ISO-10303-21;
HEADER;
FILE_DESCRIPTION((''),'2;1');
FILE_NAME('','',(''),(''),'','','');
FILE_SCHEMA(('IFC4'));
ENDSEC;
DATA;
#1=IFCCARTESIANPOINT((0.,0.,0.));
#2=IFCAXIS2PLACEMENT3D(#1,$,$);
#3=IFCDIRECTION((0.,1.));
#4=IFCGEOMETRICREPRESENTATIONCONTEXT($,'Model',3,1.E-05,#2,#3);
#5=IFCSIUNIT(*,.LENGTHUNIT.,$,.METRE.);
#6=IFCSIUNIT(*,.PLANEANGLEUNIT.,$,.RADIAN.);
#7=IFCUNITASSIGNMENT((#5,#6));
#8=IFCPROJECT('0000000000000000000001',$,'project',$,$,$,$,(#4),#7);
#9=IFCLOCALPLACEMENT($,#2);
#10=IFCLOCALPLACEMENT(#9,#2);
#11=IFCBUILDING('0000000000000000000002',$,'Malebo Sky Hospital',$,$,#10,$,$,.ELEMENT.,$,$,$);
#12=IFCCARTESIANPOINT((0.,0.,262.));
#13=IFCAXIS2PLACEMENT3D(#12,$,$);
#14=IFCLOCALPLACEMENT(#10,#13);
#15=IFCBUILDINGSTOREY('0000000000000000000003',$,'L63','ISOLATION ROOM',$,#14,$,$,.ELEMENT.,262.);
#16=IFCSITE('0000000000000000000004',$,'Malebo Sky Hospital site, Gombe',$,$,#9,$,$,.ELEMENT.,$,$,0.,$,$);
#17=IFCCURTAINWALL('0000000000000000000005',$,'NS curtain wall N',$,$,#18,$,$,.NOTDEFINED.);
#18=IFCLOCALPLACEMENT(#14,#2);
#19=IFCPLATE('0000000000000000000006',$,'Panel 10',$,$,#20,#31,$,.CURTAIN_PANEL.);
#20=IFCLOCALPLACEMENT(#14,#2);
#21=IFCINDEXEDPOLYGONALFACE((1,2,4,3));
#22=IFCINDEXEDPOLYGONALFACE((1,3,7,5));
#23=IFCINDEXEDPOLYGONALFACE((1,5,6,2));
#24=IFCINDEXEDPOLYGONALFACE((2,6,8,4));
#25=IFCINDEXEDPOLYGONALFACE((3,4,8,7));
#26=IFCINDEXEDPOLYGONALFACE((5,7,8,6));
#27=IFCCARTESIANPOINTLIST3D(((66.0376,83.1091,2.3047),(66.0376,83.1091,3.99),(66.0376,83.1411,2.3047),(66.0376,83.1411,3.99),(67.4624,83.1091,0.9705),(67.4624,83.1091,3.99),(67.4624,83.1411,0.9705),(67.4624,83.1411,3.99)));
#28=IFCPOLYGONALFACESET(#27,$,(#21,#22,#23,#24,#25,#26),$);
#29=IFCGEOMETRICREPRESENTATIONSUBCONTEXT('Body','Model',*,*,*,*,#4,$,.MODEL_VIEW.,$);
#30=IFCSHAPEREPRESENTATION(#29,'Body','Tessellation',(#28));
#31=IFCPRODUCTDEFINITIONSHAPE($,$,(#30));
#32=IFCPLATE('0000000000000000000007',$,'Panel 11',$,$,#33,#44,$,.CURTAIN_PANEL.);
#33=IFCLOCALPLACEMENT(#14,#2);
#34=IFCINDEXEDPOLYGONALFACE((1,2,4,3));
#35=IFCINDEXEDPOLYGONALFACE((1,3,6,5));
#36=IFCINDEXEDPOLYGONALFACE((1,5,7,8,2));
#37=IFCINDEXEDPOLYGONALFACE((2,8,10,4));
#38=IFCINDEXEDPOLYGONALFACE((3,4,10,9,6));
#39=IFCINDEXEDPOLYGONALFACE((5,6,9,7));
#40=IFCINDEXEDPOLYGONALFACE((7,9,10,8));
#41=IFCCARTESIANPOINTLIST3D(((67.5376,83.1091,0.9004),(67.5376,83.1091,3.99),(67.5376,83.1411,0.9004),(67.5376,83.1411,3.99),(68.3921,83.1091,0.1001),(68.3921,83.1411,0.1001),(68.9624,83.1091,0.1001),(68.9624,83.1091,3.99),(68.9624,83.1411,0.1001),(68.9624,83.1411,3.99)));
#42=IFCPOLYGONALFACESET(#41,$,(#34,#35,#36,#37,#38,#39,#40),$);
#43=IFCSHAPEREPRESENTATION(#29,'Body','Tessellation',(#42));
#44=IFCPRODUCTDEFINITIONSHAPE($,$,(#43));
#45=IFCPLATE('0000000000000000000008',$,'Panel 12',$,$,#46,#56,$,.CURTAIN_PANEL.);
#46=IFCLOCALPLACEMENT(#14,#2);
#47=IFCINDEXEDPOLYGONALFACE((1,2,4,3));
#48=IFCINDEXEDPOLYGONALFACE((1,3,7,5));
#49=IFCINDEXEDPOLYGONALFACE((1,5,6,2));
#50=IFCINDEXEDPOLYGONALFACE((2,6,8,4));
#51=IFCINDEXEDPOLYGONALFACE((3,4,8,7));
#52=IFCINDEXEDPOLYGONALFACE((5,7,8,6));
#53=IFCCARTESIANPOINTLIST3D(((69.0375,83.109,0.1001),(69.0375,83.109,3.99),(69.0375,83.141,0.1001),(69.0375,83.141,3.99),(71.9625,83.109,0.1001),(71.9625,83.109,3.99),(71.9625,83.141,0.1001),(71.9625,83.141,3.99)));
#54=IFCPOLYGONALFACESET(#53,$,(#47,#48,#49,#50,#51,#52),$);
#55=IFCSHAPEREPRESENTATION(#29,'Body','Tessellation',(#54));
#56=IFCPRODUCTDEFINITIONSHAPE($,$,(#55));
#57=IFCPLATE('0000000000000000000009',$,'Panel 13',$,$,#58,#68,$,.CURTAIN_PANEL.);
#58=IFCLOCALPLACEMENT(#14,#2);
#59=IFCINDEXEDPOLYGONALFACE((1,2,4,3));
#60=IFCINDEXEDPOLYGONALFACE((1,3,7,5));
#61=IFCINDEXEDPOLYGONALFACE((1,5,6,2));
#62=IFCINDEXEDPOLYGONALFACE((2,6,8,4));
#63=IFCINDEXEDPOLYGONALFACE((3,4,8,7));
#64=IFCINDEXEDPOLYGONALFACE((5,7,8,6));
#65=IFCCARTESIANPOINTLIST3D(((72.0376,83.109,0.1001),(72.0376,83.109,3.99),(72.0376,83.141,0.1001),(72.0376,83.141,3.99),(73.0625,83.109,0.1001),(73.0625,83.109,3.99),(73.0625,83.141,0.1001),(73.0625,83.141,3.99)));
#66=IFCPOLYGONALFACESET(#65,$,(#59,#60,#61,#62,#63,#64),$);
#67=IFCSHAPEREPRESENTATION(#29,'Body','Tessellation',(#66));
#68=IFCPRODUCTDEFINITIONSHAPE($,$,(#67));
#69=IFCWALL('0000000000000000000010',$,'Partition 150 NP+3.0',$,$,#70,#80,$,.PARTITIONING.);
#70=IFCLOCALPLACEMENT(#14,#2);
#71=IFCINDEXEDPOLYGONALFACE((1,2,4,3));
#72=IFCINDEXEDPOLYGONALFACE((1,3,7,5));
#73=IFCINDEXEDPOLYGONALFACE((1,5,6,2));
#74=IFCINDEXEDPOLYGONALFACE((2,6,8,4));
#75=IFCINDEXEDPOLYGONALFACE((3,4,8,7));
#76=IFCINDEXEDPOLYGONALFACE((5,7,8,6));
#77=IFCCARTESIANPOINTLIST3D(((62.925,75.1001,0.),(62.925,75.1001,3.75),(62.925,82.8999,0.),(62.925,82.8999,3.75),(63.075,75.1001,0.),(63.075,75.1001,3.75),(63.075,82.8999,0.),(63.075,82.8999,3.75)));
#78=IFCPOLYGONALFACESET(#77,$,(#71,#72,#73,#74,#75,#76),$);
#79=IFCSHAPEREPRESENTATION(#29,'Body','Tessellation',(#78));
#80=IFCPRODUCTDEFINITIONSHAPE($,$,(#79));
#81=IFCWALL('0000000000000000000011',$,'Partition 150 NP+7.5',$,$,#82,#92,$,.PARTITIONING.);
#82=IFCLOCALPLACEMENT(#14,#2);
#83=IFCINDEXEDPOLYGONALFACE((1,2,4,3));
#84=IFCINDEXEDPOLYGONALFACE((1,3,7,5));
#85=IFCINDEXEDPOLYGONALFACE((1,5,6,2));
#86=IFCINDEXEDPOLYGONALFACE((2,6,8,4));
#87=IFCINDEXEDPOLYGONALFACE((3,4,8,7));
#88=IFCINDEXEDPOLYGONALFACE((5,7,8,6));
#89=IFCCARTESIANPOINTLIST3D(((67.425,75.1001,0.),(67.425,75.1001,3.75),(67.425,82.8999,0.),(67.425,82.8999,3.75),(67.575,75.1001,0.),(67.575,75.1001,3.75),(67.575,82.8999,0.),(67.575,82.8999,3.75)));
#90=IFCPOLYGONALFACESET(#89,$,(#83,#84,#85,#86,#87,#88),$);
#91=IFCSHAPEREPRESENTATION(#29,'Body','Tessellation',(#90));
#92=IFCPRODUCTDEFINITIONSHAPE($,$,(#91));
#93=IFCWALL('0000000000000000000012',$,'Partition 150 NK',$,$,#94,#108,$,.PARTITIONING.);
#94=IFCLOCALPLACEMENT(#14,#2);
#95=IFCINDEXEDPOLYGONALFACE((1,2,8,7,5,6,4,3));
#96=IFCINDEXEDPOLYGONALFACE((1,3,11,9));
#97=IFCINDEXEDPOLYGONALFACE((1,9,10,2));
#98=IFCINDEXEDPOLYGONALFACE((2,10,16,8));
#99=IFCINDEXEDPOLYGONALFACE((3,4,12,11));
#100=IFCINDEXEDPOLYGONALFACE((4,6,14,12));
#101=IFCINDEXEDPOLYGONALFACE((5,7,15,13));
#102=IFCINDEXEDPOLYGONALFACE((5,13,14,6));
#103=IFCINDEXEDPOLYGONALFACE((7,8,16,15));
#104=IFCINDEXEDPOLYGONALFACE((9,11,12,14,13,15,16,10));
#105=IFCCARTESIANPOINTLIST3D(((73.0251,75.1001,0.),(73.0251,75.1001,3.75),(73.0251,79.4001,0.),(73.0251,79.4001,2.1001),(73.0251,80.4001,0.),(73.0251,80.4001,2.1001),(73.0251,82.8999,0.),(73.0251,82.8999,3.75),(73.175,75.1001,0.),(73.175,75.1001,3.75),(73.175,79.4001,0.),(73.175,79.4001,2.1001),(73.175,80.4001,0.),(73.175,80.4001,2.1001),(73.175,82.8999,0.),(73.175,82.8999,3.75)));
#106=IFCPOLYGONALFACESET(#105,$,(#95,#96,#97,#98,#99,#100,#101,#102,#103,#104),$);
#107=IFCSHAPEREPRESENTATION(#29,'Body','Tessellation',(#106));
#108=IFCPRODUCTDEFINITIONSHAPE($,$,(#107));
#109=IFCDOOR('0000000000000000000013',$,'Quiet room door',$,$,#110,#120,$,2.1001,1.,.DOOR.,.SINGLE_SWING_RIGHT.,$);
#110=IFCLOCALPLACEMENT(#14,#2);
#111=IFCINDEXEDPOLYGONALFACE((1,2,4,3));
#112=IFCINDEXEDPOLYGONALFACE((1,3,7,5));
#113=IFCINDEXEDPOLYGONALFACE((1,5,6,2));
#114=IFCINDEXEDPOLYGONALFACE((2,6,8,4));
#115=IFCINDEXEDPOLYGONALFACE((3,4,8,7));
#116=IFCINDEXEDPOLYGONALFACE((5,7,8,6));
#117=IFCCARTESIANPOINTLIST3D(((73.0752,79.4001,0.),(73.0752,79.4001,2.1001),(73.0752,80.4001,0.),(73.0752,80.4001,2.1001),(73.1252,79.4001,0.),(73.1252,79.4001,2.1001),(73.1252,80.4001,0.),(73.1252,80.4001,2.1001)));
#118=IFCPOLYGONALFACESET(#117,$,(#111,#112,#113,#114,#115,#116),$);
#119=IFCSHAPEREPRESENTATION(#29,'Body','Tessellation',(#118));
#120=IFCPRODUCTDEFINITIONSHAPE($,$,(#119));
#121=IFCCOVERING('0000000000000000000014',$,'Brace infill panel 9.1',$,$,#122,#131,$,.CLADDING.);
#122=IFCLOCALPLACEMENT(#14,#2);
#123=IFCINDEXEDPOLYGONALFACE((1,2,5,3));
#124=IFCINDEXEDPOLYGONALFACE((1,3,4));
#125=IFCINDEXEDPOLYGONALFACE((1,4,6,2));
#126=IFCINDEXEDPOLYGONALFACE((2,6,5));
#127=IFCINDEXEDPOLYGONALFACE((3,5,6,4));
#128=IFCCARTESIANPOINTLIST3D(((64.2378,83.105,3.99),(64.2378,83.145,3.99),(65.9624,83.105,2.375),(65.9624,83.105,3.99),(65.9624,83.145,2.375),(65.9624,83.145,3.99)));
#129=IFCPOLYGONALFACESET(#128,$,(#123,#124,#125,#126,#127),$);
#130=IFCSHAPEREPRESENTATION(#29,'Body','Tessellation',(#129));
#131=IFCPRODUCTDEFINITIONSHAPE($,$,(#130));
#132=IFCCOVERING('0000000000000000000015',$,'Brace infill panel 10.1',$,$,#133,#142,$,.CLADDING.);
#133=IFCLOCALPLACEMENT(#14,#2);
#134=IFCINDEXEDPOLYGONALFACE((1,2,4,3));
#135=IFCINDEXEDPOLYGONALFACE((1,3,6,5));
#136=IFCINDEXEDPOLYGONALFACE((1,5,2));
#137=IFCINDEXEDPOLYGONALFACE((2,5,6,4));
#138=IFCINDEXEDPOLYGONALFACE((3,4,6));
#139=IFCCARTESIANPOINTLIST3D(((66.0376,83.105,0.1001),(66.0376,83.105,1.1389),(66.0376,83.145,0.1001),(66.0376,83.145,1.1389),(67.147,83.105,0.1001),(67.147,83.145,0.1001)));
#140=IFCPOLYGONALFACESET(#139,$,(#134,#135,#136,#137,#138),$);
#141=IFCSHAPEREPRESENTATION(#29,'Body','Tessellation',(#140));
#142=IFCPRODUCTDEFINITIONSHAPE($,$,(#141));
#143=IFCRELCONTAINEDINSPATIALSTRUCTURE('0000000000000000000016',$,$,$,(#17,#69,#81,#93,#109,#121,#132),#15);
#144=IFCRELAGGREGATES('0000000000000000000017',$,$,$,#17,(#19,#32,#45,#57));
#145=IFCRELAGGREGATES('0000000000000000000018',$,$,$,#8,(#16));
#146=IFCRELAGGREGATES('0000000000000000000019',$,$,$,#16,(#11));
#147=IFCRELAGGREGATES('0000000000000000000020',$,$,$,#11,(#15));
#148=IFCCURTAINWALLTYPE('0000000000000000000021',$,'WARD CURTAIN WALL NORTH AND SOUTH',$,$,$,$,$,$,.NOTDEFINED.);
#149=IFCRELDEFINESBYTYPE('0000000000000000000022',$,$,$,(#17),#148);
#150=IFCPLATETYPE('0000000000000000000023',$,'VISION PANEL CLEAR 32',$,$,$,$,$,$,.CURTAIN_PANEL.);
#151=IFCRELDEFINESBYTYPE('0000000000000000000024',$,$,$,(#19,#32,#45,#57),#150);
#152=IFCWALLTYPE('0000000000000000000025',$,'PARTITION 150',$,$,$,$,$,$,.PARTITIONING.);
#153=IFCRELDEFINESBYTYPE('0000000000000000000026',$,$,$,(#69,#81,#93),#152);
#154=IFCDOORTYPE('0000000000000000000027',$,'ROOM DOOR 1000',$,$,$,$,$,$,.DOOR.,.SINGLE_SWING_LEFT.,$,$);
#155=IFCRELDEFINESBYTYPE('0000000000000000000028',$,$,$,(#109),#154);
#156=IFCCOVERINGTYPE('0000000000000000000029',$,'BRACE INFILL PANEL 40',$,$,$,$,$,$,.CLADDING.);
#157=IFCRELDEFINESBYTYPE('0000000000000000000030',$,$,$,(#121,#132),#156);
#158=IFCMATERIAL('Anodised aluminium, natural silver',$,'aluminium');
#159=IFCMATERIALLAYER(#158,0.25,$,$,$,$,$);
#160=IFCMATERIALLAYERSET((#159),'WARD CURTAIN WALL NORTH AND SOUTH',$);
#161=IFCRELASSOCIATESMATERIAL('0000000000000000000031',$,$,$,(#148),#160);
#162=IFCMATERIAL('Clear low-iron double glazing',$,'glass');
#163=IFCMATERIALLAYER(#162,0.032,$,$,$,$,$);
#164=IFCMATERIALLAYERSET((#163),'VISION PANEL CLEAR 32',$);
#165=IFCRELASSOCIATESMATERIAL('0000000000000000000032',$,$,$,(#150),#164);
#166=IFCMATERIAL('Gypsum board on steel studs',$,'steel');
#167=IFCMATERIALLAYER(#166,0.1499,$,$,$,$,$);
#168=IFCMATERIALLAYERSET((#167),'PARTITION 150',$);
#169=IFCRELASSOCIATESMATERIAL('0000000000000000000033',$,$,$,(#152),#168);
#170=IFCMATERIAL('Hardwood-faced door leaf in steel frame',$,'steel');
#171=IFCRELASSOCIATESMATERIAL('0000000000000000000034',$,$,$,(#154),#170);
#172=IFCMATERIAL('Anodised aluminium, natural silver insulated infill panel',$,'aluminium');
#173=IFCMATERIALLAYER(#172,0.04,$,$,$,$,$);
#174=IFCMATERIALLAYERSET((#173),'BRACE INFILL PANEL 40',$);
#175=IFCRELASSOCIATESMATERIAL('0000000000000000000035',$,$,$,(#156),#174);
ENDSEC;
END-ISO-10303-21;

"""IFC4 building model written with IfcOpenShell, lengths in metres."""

from ifc_helpers import new_model, si_unit, direction, frame, frame_2d, origin, origin_2d, place, context, subcontext, project, spatial, polyline, rectangle, outline, extrude, material, layer, layer_set, type_object, element, fill, aggregate, save


model = new_model("IFC4")

# Units and contexts
model_context = context("Model", 3, precision=1e-05, world=origin(), true_north=direction((0.0, 1.0)))
body_context = subcontext(model_context, "Body", "Model", "MODEL_VIEW")
ifc_project = project(units=[si_unit("LENGTHUNIT", "METRE"), si_unit("PLANEANGLEUNIT", "RADIAN")], contexts=[model_context])

# Site, building, storey
site_placement = place(None, origin())
site = spatial("IfcSite", under=ifc_project, at=site_placement, Name="Malebo Sky Hospital site, Gombe", CompositionType="ELEMENT", RefElevation=0.0)
building_placement = place(site_placement, origin())
building = spatial("IfcBuilding", under=site, at=building_placement, Name="Malebo Sky Hospital", CompositionType="ELEMENT")
storey_placement = place(building_placement, frame((0.0, 0.0, 262.0)))
storey = spatial("IfcBuildingStorey", under=building, at=storey_placement, Name="L63", Description="ISOLATION ROOM", CompositionType="ELEMENT", Elevation=262.0)

# Curtain wall
ifc_material_1 = material(Name="Anodised aluminium, natural silver", Category="aluminium")
ifc_layer_1 = layer(ifc_material_1, 0.25)
ifc_layer_set_1 = layer_set([ifc_layer_1], Name="WARD CURTAIN WALL NORTH AND SOUTH")
curtain_wall_type = type_object("IfcCurtainWallType", Name="WARD CURTAIN WALL NORTH AND SOUTH", PredefinedType="NOTDEFINED", material=ifc_layer_set_1)
curtain_wall_placement = place(storey_placement, origin())
curtain_wall = element("IfcCurtainWall", 1, at=curtain_wall_placement, inside=storey, type_object=curtain_wall_type, Name="NS curtain wall N", PredefinedType="NOTDEFINED")

# Plates
ifc_material_2 = material(Name="Clear low-iron double glazing", Category="glass")
ifc_layer_2 = layer(ifc_material_2, 0.032)
ifc_layer_set_2 = layer_set([ifc_layer_2], Name="VISION PANEL CLEAR 32")
plate_type = type_object("IfcPlateType", Name="VISION PANEL CLEAR 32", PredefinedType="CURTAIN_PANEL", material=ifc_layer_set_2)
plate_1_placement = place(storey_placement, frame((66.75, 83.125, 0.9705), z_axis=(0.0, 0.0, 1.0), x_axis=(1.0, 0.0, 0.0)))
plate_1 = element("IfcPlate", 2, at=plate_1_placement, type_object=plate_type, Name="Panel 10", PredefinedType="CURTAIN_PANEL", context=body_context, shape_type="SweptSolid", body=[
    extrude(outline(polyline([(0.7124, 0.0), (0.7124, 3.0195), (-0.7124, 3.0195), (-0.7124, 1.3342), (0.7124, 0.0)])), frame((0.0, 0.0161, 0.0), z_axis=(0.0, -1.0, 0.0), x_axis=(1.0, 0.0, 0.0)), (0.0, 0.0, 1.0), 0.032),
])
plate_2_placement = place(storey_placement, frame((68.25, 83.125, 0.1001), z_axis=(0.0, 0.0, 1.0), x_axis=(1.0, 0.0, 0.0)))
plate_2 = element("IfcPlate", 3, at=plate_2_placement, type_object=plate_type, Name="Panel 11", PredefinedType="CURTAIN_PANEL", context=body_context, shape_type="SweptSolid", body=[
    extrude(outline(polyline([(0.1421, 0.0), (0.7124, 0.0), (0.7124, 3.8899), (-0.7124, 3.8899), (-0.7124, 0.8003), (0.1421, 0.0)])), frame((0.0, 0.0161, 0.0), z_axis=(0.0, -1.0, 0.0), x_axis=(1.0, 0.0, 0.0)), (0.0, 0.0, 1.0), 0.032),
])
plate_3_placement = place(storey_placement, frame((70.5, 83.125, 0.1001), z_axis=(0.0, 0.0, 1.0), x_axis=(1.0, 0.0, 0.0)))
plate_3 = element("IfcPlate", 4, at=plate_3_placement, type_object=plate_type, Name="Panel 12", PredefinedType="CURTAIN_PANEL", context=body_context, shape_type="SweptSolid", body=[
    extrude(rectangle(XDim=2.925, YDim=0.032, at=origin_2d()), origin(), (0.0, 0.0, 1.0), 3.8899),
])
plate_4_placement = place(storey_placement, frame((72.55, 83.125, 0.1001), z_axis=(0.0, 0.0, 1.0), x_axis=(1.0, 0.0, 0.0)))
plate_4 = element("IfcPlate", 5, at=plate_4_placement, type_object=plate_type, Name="Panel 13", PredefinedType="CURTAIN_PANEL", context=body_context, shape_type="SweptSolid", body=[
    extrude(rectangle(XDim=1.0249, YDim=0.032, at=origin_2d()), origin(), (0.0, 0.0, 1.0), 3.8899),
])
aggregate(curtain_wall, [plate_1, plate_2, plate_3, plate_4])

# Walls
ifc_material_3 = material(Name="Gypsum board on steel studs", Category="steel")
ifc_layer_3 = layer(ifc_material_3, 0.1499)
ifc_layer_set_3 = layer_set([ifc_layer_3], Name="PARTITION 150")
wall_type = type_object("IfcWallType", Name="PARTITION 150", PredefinedType="PARTITIONING", material=ifc_layer_set_3)
for number, where, z_axis, x_axis, name in (
    (6, (63.0, 75.1001, 0.0), (0.0, 0.0, 1.0), (0.0, 1.0, 0.0), "Partition 150 NP+3.0"),
    (7, (67.5, 75.1001, 0.0), (0.0, 0.0, 1.0), (0.0, 1.0, 0.0), "Partition 150 NP+7.5"),
):
    element("IfcWall", number, at=place(storey_placement, frame(where, z_axis=z_axis, x_axis=x_axis)), inside=storey, type_object=wall_type, Name=name, PredefinedType="PARTITIONING", context=body_context, shape_type="SweptSolid", body=[
        extrude(rectangle(XDim=7.7998, YDim=0.1499, at=frame_2d((3.8999, 0.0))), origin(), (0.0, 0.0, 1.0), 3.75),
    ])

# Wall, opening, door
wall_placement = place(storey_placement, frame((73.1001, 75.1001, 0.0), z_axis=(0.0, 0.0, 1.0), x_axis=(0.0, 1.0, 0.0)))
wall = element("IfcWall", 8, at=wall_placement, inside=storey, type_object=wall_type, Name="Partition 150 NK", PredefinedType="PARTITIONING", context=body_context, shape_type="SweptSolid", body=[
    extrude(rectangle(XDim=7.7998, YDim=0.1499, at=frame_2d((3.8999, 0.0))), origin(), (0.0, 0.0, 1.0), 3.75),
])
opening_placement = place(wall_placement, frame((4.3, 0.0, 0.0)))
opening = element("IfcOpeningElement", 9, at=opening_placement, cuts=wall, PredefinedType="OPENING", context=body_context, shape_type="SweptSolid", body=[
    extrude(rectangle(XDim=1.0, YDim=2.1001, at=frame_2d((0.5, 1.05))), frame((0.0, 0.085, 0.0), z_axis=(0.0, -1.0, 0.0), x_axis=(1.0, 0.0, 0.0)), (0.0, 0.0, 1.0), 0.1699),
])
ifc_material_4 = material(Name="Hardwood-faced door leaf in steel frame", Category="steel")
door_type = type_object("IfcDoorType", Name="ROOM DOOR 1000", OperationType="SINGLE_SWING_LEFT", PredefinedType="DOOR", material=ifc_material_4)
door_placement = place(opening_placement, origin())
door = element("IfcDoor", 10, at=door_placement, inside=storey, type_object=door_type, Name="Quiet room door", OperationType="SINGLE_SWING_RIGHT", OverallHeight=2.1001, OverallWidth=1.0, PredefinedType="DOOR", context=body_context, shape_type="SweptSolid", body=[
    extrude(rectangle(XDim=1.0, YDim=2.1001, at=frame_2d((0.5, 1.05))), frame((0.0, 0.0249, 0.0), z_axis=(0.0, -1.0, 0.0), x_axis=(1.0, 0.0, 0.0)), (0.0, 0.0, 1.0), 0.05),
])
fill(opening, door)

# Coverings
ifc_material_5 = material(Name="Anodised aluminium, natural silver insulated infill panel", Category="aluminium")
ifc_layer_4 = layer(ifc_material_5, 0.04)
ifc_layer_set_4 = layer_set([ifc_layer_4], Name="BRACE INFILL PANEL 40")
covering_type = type_object("IfcCoveringType", Name="BRACE INFILL PANEL 40", PredefinedType="CLADDING", material=ifc_layer_set_4)
covering_1_placement = place(storey_placement, frame((65.1001, 83.125, 2.375), z_axis=(0.0, 0.0, 1.0), x_axis=(1.0, 0.0, 0.0)))
element("IfcCovering", 11, at=covering_1_placement, inside=storey, type_object=covering_type, Name="Brace infill panel 9.1", PredefinedType="CLADDING", context=body_context, shape_type="SweptSolid", body=[
    extrude(outline(polyline([(0.8623, 0.0), (0.8623, 1.615), (-0.8623, 1.615), (0.8623, 0.0)])), frame((0.0, 0.02, 0.0), z_axis=(0.0, -1.0, 0.0), x_axis=(1.0, 0.0, 0.0)), (0.0, 0.0, 1.0), 0.04),
])
covering_2_placement = place(storey_placement, frame((66.5923, 83.125, 0.1001), z_axis=(0.0, 0.0, 1.0), x_axis=(1.0, 0.0, 0.0)))
element("IfcCovering", 12, at=covering_2_placement, inside=storey, type_object=covering_type, Name="Brace infill panel 10.1", PredefinedType="CLADDING", context=body_context, shape_type="SweptSolid", body=[
    extrude(outline(polyline([(-0.5547, 0.0), (0.5547, 0.0), (-0.5547, 1.0388), (-0.5547, 0.0)])), frame((0.0, 0.02, 0.0), z_axis=(0.0, -1.0, 0.0), x_axis=(1.0, 0.0, 0.0)), (0.0, 0.0, 1.0), 0.04),
])

save(model, "model.ifc")
